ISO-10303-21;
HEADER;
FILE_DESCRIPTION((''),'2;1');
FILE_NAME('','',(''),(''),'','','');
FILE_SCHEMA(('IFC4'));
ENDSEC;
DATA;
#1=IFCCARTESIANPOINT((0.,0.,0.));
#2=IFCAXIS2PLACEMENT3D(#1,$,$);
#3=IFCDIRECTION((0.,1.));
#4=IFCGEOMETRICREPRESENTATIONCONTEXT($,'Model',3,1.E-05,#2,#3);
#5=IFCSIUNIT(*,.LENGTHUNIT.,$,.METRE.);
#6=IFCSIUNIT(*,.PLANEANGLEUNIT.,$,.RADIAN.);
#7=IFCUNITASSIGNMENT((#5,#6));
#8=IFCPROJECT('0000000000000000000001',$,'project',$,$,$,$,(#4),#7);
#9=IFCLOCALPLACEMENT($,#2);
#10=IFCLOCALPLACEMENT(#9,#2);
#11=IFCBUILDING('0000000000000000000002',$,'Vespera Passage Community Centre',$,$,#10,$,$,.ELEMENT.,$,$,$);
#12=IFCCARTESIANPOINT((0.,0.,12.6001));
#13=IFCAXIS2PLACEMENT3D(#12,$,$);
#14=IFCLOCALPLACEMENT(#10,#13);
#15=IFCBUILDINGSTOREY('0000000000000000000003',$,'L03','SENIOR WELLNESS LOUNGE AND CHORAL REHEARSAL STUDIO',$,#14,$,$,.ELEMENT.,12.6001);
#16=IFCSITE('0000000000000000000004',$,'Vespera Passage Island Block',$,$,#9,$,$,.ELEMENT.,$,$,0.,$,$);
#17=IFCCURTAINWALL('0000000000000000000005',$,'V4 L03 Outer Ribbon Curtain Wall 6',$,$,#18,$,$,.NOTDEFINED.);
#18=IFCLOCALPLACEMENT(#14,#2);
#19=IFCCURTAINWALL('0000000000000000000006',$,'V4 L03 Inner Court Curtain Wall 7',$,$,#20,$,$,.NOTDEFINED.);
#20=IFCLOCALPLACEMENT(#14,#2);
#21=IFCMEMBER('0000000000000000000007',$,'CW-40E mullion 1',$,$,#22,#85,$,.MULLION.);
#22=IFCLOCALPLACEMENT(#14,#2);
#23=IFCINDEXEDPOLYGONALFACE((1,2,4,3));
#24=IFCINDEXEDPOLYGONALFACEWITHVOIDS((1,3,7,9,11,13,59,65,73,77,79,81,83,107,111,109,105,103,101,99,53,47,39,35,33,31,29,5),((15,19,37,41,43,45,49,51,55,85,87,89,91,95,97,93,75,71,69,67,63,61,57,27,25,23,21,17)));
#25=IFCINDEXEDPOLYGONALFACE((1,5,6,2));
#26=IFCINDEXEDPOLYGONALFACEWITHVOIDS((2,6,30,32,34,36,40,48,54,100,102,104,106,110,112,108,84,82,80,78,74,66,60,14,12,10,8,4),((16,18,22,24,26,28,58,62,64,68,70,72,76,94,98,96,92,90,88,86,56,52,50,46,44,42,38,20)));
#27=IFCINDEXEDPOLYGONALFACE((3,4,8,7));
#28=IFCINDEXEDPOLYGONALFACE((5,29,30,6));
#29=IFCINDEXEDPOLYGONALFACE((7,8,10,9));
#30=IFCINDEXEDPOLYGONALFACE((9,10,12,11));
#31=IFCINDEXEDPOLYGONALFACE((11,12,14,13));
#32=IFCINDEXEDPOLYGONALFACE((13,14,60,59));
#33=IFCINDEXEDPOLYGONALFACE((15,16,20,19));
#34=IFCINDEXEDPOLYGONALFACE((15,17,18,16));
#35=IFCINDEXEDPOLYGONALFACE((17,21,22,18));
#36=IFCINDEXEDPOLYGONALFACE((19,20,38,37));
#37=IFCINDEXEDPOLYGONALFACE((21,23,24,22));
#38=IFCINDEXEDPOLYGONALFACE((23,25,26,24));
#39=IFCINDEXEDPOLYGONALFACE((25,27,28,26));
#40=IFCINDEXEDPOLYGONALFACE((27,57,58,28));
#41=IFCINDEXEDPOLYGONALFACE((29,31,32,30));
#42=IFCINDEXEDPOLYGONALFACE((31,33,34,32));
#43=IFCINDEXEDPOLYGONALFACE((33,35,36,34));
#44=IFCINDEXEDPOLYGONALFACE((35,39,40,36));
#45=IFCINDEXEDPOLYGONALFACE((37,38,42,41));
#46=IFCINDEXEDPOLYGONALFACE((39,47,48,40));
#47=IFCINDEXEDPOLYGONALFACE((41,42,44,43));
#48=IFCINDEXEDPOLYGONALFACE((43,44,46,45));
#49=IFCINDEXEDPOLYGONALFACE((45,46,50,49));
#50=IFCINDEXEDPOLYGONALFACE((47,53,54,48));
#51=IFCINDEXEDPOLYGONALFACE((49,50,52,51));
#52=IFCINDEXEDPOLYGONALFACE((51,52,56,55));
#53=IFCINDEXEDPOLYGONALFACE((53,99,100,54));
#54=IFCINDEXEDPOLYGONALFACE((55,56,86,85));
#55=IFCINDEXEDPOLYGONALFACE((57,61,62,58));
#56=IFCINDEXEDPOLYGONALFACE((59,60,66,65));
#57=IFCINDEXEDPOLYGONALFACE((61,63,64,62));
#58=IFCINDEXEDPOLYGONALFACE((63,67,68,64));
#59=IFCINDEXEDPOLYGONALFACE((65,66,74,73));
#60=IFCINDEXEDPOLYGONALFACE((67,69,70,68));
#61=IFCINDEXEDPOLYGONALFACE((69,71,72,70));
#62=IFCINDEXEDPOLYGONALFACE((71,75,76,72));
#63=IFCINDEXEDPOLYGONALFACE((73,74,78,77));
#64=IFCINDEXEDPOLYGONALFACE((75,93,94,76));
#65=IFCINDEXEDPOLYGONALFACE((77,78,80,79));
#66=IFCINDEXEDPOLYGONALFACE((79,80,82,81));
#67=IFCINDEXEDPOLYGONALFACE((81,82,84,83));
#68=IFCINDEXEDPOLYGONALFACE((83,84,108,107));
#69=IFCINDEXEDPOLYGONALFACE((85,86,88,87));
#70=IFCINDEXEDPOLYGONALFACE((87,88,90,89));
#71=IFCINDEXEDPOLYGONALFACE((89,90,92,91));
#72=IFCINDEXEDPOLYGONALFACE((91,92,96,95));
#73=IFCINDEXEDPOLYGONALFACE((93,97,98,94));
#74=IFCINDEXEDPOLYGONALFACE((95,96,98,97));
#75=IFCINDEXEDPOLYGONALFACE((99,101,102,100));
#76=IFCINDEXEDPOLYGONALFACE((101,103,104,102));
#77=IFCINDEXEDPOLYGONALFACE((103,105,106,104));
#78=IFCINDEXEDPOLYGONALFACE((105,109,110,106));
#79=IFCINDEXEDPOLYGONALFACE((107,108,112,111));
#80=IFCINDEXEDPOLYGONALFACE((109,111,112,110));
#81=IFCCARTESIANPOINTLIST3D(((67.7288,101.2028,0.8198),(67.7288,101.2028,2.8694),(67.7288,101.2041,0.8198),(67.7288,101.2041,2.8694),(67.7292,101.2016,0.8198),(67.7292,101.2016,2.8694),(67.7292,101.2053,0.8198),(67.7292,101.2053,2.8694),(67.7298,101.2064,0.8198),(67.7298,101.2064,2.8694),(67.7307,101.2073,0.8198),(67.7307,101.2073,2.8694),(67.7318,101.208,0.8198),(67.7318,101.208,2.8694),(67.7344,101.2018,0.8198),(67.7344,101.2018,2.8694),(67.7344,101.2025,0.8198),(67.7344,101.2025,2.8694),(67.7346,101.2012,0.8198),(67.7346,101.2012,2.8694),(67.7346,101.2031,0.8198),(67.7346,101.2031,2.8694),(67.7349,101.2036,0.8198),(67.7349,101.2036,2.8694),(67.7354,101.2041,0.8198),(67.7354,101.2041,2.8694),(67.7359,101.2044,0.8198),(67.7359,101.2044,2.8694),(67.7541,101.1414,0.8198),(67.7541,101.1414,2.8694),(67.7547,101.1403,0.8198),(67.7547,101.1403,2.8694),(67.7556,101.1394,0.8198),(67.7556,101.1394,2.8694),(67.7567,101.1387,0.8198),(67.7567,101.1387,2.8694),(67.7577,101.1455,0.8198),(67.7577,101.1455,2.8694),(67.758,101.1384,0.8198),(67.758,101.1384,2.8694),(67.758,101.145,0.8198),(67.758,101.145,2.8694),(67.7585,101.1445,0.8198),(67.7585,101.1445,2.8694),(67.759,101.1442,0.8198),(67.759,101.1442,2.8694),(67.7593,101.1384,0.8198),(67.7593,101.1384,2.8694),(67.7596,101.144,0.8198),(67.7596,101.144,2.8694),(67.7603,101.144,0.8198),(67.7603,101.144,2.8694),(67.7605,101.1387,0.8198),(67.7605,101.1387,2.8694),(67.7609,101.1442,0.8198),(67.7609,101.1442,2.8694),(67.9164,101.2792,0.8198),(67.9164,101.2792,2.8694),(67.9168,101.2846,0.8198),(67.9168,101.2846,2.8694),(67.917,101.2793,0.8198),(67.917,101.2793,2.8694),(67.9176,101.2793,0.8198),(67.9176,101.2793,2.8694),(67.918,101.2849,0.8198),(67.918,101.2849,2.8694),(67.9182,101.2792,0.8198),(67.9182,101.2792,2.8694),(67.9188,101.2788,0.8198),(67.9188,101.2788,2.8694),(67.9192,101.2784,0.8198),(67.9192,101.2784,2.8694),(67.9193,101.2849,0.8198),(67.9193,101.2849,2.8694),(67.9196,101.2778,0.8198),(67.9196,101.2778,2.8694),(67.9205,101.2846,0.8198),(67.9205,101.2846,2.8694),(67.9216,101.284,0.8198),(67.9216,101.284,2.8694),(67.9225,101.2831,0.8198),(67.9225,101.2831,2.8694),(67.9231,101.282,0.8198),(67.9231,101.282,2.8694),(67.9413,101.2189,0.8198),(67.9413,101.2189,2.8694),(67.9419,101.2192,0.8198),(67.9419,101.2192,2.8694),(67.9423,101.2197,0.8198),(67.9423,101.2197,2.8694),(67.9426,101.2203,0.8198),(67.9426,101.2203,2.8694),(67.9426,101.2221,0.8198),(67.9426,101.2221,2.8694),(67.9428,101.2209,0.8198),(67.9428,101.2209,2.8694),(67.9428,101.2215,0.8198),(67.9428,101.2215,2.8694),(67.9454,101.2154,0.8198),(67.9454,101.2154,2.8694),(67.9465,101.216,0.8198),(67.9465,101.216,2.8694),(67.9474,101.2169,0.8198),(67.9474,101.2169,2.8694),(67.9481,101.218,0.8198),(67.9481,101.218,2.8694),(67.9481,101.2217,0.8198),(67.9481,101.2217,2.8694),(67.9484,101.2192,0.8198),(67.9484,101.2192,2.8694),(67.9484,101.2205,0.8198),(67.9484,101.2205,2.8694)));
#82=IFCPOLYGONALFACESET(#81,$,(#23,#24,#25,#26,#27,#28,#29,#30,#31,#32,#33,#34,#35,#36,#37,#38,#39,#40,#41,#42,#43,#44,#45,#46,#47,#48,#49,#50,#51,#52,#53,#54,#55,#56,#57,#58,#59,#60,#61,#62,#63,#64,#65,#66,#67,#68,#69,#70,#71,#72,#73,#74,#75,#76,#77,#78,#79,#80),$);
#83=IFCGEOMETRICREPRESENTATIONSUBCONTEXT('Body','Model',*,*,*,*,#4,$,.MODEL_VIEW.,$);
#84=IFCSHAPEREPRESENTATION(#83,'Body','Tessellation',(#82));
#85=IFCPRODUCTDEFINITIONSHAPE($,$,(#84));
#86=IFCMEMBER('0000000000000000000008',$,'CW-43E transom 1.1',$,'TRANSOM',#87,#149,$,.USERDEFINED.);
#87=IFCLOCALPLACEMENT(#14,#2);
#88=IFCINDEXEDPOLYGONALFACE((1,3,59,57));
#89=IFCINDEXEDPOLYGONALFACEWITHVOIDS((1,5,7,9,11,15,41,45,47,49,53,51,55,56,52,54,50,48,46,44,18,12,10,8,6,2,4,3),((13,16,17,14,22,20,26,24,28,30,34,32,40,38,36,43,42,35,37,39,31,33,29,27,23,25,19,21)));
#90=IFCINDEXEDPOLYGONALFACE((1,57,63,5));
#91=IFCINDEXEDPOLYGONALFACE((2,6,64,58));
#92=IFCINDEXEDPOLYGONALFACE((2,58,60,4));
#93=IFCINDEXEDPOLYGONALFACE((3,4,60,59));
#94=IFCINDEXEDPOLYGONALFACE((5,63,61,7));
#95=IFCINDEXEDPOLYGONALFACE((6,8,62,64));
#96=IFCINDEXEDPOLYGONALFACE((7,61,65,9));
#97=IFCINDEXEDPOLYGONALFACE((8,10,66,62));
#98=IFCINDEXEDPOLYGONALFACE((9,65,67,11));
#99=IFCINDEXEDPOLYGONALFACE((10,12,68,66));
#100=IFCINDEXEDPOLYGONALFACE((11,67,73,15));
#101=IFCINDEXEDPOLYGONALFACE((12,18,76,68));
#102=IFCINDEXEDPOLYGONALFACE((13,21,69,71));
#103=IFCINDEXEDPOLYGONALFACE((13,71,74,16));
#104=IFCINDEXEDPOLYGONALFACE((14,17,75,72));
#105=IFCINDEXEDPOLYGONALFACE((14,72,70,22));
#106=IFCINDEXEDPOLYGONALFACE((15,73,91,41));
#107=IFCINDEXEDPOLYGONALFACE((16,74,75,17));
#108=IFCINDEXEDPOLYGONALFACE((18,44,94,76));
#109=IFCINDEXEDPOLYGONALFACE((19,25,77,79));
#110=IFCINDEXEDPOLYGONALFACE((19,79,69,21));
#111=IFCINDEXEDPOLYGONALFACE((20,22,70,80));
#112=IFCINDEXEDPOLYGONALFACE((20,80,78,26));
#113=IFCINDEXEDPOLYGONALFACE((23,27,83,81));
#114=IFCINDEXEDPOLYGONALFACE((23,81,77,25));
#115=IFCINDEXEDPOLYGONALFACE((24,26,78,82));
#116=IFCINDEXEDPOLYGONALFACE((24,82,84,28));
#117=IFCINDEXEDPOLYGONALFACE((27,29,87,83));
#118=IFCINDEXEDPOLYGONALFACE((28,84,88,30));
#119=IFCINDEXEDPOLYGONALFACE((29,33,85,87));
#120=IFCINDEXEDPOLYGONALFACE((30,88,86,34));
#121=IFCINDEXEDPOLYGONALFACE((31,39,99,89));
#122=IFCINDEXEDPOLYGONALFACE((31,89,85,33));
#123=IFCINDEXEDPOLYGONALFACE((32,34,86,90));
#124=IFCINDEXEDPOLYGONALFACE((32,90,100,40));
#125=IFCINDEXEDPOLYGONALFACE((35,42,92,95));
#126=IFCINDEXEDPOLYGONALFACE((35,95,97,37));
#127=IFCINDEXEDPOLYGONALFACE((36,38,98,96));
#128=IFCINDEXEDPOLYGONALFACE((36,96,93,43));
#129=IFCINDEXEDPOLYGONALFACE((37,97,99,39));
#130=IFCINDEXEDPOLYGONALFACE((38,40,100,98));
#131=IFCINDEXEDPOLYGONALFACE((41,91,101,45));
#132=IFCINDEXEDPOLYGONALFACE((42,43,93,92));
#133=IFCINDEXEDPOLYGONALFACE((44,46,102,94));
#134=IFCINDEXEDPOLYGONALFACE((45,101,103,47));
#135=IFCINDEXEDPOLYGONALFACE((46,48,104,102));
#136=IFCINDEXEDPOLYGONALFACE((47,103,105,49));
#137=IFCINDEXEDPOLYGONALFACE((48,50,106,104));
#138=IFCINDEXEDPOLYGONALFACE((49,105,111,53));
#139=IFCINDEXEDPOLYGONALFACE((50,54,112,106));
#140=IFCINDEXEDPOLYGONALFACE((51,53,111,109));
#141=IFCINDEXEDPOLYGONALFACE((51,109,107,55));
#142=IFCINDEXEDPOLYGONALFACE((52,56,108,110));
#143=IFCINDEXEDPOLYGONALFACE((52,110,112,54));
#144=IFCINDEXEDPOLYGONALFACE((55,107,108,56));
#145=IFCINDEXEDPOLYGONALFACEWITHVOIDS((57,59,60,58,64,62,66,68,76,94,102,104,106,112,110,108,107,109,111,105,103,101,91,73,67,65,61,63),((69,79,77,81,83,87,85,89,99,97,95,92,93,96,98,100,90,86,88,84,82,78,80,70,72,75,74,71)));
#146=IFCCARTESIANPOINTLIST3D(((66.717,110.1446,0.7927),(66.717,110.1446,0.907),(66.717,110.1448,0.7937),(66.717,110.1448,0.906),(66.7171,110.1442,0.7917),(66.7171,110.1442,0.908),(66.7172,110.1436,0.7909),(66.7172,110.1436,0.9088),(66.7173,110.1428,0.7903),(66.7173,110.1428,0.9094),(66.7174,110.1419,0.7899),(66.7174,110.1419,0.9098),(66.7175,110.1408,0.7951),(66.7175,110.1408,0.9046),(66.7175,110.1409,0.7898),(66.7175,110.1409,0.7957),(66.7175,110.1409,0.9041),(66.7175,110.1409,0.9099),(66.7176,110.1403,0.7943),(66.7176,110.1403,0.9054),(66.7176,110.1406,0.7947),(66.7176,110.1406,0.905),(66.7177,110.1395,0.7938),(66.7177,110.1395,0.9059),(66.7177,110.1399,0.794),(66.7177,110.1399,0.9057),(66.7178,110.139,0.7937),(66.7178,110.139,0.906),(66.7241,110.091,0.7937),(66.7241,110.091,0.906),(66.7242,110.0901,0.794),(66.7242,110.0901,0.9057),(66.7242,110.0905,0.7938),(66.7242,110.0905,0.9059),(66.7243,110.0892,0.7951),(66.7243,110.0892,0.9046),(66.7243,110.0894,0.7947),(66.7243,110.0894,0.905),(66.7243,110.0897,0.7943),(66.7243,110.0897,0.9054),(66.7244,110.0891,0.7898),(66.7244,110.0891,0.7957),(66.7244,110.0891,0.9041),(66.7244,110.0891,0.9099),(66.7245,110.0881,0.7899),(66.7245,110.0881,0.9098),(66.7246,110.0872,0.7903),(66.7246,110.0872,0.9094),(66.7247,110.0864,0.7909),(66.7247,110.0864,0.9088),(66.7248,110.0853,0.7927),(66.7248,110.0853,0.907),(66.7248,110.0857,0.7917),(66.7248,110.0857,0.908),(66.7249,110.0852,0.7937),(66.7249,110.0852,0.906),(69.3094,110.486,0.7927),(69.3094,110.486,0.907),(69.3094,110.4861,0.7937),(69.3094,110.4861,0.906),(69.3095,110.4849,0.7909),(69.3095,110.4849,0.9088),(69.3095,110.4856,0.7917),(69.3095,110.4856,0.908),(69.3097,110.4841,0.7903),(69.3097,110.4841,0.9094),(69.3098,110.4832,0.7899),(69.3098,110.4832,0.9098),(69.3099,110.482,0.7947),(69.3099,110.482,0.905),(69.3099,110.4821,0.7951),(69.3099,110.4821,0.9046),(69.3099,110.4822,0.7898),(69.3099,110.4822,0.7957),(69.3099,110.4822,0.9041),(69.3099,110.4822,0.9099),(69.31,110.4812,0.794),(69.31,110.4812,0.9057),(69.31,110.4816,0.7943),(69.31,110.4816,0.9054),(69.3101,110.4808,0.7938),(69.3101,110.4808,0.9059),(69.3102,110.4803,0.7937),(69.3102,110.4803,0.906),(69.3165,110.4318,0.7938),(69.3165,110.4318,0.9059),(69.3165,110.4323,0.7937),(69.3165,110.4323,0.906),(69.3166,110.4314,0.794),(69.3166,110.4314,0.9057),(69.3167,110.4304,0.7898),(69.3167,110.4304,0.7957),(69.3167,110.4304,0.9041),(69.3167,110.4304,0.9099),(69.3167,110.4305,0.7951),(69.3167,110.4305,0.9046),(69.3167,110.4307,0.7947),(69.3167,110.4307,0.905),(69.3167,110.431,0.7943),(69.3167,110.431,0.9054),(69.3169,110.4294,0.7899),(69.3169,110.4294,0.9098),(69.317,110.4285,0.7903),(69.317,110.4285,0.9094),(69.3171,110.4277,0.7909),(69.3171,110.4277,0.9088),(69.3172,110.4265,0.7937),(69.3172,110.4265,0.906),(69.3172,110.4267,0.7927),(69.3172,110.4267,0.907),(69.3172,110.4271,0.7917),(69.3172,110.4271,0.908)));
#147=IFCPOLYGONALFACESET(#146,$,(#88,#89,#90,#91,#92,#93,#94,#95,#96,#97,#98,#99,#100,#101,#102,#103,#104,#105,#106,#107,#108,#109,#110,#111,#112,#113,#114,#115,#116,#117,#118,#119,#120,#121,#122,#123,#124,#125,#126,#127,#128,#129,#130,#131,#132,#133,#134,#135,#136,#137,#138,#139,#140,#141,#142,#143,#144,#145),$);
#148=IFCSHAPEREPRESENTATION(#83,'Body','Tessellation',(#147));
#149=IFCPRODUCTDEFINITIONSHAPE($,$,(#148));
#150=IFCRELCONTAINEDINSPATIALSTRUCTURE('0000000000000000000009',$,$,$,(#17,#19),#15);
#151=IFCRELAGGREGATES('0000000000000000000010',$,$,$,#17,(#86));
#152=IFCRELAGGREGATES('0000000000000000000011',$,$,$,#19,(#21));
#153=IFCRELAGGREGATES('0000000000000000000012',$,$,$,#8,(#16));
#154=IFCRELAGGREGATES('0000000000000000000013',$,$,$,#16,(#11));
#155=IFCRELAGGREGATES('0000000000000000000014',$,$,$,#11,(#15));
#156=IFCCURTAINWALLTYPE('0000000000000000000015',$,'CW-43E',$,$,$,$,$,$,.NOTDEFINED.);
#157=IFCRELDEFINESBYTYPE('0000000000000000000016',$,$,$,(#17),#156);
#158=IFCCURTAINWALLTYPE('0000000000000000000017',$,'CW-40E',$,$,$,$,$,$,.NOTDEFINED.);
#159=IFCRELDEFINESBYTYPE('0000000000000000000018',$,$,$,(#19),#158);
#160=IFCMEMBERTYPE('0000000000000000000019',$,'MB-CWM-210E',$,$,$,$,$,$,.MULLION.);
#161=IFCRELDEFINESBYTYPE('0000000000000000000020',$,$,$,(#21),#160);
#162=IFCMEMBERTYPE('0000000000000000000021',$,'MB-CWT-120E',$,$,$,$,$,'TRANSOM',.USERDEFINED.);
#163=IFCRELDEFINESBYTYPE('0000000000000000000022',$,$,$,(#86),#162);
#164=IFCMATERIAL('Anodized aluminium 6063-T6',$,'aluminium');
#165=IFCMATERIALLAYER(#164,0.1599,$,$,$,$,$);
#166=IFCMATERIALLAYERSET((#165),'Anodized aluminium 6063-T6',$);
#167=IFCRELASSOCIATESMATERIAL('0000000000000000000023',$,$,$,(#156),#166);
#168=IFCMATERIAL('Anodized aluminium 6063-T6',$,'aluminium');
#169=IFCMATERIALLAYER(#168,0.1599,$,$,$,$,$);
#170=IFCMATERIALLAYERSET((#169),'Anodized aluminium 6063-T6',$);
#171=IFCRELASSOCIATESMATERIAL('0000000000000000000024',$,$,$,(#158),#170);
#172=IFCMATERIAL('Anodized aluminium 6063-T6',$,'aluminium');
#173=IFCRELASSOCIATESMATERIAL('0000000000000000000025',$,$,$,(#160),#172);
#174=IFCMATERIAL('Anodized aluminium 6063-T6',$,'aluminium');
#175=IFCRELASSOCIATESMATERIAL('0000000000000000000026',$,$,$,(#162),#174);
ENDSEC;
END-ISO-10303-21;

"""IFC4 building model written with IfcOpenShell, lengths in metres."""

from ifc_helpers import new_model, si_unit, direction, frame, origin, origin_2d, place, context, subcontext, project, spatial, hollow_rectangle, extrude, material, layer, layer_set, material_profile, profile_set, type_object, element, aggregate, save


model = new_model("IFC4")

# Units and contexts
model_context = context("Model", 3, precision=1e-05, world=origin(), true_north=direction((0.0, 1.0)))
body_context = subcontext(model_context, "Body", "Model", "MODEL_VIEW")
ifc_project = project(units=[si_unit("LENGTHUNIT", "METRE"), si_unit("PLANEANGLEUNIT", "RADIAN")], contexts=[model_context])

# Site, building, storey
site_placement = place(None, origin())
site = spatial("IfcSite", under=ifc_project, at=site_placement, Name="Vespera Passage Island Block", CompositionType="ELEMENT", RefElevation=0.0)
building_placement = place(site_placement, origin())
building = spatial("IfcBuilding", under=site, at=building_placement, Name="Vespera Passage Community Centre", CompositionType="ELEMENT")
storey_placement = place(building_placement, frame((0.0, 0.0, 12.6001)))
storey = spatial("IfcBuildingStorey", under=building, at=storey_placement, Name="L03", Description="SENIOR WELLNESS LOUNGE AND CHORAL REHEARSAL STUDIO", CompositionType="ELEMENT", Elevation=12.6001)

# Curtain walls, member
ifc_material_1 = material(Name="Anodized aluminium 6063-T6", Category="aluminium")
ifc_layer_1 = layer(ifc_material_1, 0.1599)
ifc_layer_set_1 = layer_set([ifc_layer_1], Name="Anodized aluminium 6063-T6")
curtain_wall_type_1 = type_object("IfcCurtainWallType", Name="CW-43E", PredefinedType="NOTDEFINED", material=ifc_layer_set_1)
curtain_wall_1_placement = place(storey_placement, origin())
curtain_wall_1 = element("IfcCurtainWall", 1, at=curtain_wall_1_placement, inside=storey, type_object=curtain_wall_type_1, Name="V4 L03 Outer Ribbon Curtain Wall 6", PredefinedType="NOTDEFINED")
ifc_material_2 = material(Name="Anodized aluminium 6063-T6", Category="aluminium")
ifc_layer_2 = layer(ifc_material_2, 0.1599)
ifc_layer_set_2 = layer_set([ifc_layer_2], Name="Anodized aluminium 6063-T6")
curtain_wall_type_2 = type_object("IfcCurtainWallType", Name="CW-40E", PredefinedType="NOTDEFINED", material=ifc_layer_set_2)
curtain_wall_2_placement = place(storey_placement, origin())
curtain_wall_2 = element("IfcCurtainWall", 2, at=curtain_wall_2_placement, inside=storey, type_object=curtain_wall_type_2, Name="V4 L03 Inner Court Curtain Wall 7", PredefinedType="NOTDEFINED")
ifc_material_3 = material(Name="Anodized aluminium 6063-T6", Category="aluminium")
ifc_material_profile_1 = material_profile(ifc_material_3, hollow_rectangle(XDim=0.075, YDim=0.21, WallThickness=0.0049, InnerFilletRadius=0.0024, OuterFilletRadius=0.0049, at=origin_2d()), Name="ALU210X75X5")
ifc_profile_set_1 = profile_set([ifc_material_profile_1], Name="Anodized aluminium 6063-T6")
member_type_1 = type_object("IfcMemberType", Name="MB-CWM-210E", PredefinedType="MULLION", material=ifc_profile_set_1)
member_1_placement = place(storey_placement, frame((67.8386, 101.2117, 0.8198), z_axis=(0.0, 0.0, 1.0), x_axis=(0.38269, -0.923877, 0.0)))
member_1 = element("IfcMember", 3, at=member_1_placement, type_object=member_type_1, Name="CW-40E mullion 1", PredefinedType="MULLION", context=body_context, shape_type="SweptSolid", body=[
    extrude(hollow_rectangle(XDim=0.075, YDim=0.21, WallThickness=0.0049, InnerFilletRadius=0.0024, OuterFilletRadius=0.0049, at=origin_2d()), origin(), (0.0, 0.0, 1.0), 2.0496),
])

# Member
ifc_material_4 = material(Name="Anodized aluminium 6063-T6", Category="aluminium")
ifc_material_profile_2 = material_profile(ifc_material_4, hollow_rectangle(XDim=0.0601, YDim=0.1201, WallThickness=0.0039, InnerFilletRadius=0.002, OuterFilletRadius=0.0039, at=origin_2d()), Name="ALU120X60X4")
ifc_profile_set_2 = profile_set([ifc_material_profile_2], Name="Anodized aluminium 6063-T6")
member_type_2 = type_object("IfcMemberType", Name="MB-CWT-120E", ElementType="TRANSOM", PredefinedType="USERDEFINED", material=ifc_profile_set_2)
member_2_placement = place(storey_placement, frame((66.7209, 110.115, 0.8499), z_axis=(0.991443, 0.130537, 0.0), x_axis=(-0.130537, 0.991443, 0.0)))
member_2 = element("IfcMember", 4, at=member_2_placement, type_object=member_type_2, Name="CW-43E transom 1.1", ObjectType="TRANSOM", PredefinedType="USERDEFINED", context=body_context, shape_type="SweptSolid", body=[
    extrude(hollow_rectangle(XDim=0.0601, YDim=0.1201, WallThickness=0.0039, InnerFilletRadius=0.002, OuterFilletRadius=0.0039, at=origin_2d()), origin(), (0.0, 0.0, 1.0), 2.6147),
])

aggregate(curtain_wall_1, [member_2])
aggregate(curtain_wall_2, [member_1])

save(model, "model.ifc")
